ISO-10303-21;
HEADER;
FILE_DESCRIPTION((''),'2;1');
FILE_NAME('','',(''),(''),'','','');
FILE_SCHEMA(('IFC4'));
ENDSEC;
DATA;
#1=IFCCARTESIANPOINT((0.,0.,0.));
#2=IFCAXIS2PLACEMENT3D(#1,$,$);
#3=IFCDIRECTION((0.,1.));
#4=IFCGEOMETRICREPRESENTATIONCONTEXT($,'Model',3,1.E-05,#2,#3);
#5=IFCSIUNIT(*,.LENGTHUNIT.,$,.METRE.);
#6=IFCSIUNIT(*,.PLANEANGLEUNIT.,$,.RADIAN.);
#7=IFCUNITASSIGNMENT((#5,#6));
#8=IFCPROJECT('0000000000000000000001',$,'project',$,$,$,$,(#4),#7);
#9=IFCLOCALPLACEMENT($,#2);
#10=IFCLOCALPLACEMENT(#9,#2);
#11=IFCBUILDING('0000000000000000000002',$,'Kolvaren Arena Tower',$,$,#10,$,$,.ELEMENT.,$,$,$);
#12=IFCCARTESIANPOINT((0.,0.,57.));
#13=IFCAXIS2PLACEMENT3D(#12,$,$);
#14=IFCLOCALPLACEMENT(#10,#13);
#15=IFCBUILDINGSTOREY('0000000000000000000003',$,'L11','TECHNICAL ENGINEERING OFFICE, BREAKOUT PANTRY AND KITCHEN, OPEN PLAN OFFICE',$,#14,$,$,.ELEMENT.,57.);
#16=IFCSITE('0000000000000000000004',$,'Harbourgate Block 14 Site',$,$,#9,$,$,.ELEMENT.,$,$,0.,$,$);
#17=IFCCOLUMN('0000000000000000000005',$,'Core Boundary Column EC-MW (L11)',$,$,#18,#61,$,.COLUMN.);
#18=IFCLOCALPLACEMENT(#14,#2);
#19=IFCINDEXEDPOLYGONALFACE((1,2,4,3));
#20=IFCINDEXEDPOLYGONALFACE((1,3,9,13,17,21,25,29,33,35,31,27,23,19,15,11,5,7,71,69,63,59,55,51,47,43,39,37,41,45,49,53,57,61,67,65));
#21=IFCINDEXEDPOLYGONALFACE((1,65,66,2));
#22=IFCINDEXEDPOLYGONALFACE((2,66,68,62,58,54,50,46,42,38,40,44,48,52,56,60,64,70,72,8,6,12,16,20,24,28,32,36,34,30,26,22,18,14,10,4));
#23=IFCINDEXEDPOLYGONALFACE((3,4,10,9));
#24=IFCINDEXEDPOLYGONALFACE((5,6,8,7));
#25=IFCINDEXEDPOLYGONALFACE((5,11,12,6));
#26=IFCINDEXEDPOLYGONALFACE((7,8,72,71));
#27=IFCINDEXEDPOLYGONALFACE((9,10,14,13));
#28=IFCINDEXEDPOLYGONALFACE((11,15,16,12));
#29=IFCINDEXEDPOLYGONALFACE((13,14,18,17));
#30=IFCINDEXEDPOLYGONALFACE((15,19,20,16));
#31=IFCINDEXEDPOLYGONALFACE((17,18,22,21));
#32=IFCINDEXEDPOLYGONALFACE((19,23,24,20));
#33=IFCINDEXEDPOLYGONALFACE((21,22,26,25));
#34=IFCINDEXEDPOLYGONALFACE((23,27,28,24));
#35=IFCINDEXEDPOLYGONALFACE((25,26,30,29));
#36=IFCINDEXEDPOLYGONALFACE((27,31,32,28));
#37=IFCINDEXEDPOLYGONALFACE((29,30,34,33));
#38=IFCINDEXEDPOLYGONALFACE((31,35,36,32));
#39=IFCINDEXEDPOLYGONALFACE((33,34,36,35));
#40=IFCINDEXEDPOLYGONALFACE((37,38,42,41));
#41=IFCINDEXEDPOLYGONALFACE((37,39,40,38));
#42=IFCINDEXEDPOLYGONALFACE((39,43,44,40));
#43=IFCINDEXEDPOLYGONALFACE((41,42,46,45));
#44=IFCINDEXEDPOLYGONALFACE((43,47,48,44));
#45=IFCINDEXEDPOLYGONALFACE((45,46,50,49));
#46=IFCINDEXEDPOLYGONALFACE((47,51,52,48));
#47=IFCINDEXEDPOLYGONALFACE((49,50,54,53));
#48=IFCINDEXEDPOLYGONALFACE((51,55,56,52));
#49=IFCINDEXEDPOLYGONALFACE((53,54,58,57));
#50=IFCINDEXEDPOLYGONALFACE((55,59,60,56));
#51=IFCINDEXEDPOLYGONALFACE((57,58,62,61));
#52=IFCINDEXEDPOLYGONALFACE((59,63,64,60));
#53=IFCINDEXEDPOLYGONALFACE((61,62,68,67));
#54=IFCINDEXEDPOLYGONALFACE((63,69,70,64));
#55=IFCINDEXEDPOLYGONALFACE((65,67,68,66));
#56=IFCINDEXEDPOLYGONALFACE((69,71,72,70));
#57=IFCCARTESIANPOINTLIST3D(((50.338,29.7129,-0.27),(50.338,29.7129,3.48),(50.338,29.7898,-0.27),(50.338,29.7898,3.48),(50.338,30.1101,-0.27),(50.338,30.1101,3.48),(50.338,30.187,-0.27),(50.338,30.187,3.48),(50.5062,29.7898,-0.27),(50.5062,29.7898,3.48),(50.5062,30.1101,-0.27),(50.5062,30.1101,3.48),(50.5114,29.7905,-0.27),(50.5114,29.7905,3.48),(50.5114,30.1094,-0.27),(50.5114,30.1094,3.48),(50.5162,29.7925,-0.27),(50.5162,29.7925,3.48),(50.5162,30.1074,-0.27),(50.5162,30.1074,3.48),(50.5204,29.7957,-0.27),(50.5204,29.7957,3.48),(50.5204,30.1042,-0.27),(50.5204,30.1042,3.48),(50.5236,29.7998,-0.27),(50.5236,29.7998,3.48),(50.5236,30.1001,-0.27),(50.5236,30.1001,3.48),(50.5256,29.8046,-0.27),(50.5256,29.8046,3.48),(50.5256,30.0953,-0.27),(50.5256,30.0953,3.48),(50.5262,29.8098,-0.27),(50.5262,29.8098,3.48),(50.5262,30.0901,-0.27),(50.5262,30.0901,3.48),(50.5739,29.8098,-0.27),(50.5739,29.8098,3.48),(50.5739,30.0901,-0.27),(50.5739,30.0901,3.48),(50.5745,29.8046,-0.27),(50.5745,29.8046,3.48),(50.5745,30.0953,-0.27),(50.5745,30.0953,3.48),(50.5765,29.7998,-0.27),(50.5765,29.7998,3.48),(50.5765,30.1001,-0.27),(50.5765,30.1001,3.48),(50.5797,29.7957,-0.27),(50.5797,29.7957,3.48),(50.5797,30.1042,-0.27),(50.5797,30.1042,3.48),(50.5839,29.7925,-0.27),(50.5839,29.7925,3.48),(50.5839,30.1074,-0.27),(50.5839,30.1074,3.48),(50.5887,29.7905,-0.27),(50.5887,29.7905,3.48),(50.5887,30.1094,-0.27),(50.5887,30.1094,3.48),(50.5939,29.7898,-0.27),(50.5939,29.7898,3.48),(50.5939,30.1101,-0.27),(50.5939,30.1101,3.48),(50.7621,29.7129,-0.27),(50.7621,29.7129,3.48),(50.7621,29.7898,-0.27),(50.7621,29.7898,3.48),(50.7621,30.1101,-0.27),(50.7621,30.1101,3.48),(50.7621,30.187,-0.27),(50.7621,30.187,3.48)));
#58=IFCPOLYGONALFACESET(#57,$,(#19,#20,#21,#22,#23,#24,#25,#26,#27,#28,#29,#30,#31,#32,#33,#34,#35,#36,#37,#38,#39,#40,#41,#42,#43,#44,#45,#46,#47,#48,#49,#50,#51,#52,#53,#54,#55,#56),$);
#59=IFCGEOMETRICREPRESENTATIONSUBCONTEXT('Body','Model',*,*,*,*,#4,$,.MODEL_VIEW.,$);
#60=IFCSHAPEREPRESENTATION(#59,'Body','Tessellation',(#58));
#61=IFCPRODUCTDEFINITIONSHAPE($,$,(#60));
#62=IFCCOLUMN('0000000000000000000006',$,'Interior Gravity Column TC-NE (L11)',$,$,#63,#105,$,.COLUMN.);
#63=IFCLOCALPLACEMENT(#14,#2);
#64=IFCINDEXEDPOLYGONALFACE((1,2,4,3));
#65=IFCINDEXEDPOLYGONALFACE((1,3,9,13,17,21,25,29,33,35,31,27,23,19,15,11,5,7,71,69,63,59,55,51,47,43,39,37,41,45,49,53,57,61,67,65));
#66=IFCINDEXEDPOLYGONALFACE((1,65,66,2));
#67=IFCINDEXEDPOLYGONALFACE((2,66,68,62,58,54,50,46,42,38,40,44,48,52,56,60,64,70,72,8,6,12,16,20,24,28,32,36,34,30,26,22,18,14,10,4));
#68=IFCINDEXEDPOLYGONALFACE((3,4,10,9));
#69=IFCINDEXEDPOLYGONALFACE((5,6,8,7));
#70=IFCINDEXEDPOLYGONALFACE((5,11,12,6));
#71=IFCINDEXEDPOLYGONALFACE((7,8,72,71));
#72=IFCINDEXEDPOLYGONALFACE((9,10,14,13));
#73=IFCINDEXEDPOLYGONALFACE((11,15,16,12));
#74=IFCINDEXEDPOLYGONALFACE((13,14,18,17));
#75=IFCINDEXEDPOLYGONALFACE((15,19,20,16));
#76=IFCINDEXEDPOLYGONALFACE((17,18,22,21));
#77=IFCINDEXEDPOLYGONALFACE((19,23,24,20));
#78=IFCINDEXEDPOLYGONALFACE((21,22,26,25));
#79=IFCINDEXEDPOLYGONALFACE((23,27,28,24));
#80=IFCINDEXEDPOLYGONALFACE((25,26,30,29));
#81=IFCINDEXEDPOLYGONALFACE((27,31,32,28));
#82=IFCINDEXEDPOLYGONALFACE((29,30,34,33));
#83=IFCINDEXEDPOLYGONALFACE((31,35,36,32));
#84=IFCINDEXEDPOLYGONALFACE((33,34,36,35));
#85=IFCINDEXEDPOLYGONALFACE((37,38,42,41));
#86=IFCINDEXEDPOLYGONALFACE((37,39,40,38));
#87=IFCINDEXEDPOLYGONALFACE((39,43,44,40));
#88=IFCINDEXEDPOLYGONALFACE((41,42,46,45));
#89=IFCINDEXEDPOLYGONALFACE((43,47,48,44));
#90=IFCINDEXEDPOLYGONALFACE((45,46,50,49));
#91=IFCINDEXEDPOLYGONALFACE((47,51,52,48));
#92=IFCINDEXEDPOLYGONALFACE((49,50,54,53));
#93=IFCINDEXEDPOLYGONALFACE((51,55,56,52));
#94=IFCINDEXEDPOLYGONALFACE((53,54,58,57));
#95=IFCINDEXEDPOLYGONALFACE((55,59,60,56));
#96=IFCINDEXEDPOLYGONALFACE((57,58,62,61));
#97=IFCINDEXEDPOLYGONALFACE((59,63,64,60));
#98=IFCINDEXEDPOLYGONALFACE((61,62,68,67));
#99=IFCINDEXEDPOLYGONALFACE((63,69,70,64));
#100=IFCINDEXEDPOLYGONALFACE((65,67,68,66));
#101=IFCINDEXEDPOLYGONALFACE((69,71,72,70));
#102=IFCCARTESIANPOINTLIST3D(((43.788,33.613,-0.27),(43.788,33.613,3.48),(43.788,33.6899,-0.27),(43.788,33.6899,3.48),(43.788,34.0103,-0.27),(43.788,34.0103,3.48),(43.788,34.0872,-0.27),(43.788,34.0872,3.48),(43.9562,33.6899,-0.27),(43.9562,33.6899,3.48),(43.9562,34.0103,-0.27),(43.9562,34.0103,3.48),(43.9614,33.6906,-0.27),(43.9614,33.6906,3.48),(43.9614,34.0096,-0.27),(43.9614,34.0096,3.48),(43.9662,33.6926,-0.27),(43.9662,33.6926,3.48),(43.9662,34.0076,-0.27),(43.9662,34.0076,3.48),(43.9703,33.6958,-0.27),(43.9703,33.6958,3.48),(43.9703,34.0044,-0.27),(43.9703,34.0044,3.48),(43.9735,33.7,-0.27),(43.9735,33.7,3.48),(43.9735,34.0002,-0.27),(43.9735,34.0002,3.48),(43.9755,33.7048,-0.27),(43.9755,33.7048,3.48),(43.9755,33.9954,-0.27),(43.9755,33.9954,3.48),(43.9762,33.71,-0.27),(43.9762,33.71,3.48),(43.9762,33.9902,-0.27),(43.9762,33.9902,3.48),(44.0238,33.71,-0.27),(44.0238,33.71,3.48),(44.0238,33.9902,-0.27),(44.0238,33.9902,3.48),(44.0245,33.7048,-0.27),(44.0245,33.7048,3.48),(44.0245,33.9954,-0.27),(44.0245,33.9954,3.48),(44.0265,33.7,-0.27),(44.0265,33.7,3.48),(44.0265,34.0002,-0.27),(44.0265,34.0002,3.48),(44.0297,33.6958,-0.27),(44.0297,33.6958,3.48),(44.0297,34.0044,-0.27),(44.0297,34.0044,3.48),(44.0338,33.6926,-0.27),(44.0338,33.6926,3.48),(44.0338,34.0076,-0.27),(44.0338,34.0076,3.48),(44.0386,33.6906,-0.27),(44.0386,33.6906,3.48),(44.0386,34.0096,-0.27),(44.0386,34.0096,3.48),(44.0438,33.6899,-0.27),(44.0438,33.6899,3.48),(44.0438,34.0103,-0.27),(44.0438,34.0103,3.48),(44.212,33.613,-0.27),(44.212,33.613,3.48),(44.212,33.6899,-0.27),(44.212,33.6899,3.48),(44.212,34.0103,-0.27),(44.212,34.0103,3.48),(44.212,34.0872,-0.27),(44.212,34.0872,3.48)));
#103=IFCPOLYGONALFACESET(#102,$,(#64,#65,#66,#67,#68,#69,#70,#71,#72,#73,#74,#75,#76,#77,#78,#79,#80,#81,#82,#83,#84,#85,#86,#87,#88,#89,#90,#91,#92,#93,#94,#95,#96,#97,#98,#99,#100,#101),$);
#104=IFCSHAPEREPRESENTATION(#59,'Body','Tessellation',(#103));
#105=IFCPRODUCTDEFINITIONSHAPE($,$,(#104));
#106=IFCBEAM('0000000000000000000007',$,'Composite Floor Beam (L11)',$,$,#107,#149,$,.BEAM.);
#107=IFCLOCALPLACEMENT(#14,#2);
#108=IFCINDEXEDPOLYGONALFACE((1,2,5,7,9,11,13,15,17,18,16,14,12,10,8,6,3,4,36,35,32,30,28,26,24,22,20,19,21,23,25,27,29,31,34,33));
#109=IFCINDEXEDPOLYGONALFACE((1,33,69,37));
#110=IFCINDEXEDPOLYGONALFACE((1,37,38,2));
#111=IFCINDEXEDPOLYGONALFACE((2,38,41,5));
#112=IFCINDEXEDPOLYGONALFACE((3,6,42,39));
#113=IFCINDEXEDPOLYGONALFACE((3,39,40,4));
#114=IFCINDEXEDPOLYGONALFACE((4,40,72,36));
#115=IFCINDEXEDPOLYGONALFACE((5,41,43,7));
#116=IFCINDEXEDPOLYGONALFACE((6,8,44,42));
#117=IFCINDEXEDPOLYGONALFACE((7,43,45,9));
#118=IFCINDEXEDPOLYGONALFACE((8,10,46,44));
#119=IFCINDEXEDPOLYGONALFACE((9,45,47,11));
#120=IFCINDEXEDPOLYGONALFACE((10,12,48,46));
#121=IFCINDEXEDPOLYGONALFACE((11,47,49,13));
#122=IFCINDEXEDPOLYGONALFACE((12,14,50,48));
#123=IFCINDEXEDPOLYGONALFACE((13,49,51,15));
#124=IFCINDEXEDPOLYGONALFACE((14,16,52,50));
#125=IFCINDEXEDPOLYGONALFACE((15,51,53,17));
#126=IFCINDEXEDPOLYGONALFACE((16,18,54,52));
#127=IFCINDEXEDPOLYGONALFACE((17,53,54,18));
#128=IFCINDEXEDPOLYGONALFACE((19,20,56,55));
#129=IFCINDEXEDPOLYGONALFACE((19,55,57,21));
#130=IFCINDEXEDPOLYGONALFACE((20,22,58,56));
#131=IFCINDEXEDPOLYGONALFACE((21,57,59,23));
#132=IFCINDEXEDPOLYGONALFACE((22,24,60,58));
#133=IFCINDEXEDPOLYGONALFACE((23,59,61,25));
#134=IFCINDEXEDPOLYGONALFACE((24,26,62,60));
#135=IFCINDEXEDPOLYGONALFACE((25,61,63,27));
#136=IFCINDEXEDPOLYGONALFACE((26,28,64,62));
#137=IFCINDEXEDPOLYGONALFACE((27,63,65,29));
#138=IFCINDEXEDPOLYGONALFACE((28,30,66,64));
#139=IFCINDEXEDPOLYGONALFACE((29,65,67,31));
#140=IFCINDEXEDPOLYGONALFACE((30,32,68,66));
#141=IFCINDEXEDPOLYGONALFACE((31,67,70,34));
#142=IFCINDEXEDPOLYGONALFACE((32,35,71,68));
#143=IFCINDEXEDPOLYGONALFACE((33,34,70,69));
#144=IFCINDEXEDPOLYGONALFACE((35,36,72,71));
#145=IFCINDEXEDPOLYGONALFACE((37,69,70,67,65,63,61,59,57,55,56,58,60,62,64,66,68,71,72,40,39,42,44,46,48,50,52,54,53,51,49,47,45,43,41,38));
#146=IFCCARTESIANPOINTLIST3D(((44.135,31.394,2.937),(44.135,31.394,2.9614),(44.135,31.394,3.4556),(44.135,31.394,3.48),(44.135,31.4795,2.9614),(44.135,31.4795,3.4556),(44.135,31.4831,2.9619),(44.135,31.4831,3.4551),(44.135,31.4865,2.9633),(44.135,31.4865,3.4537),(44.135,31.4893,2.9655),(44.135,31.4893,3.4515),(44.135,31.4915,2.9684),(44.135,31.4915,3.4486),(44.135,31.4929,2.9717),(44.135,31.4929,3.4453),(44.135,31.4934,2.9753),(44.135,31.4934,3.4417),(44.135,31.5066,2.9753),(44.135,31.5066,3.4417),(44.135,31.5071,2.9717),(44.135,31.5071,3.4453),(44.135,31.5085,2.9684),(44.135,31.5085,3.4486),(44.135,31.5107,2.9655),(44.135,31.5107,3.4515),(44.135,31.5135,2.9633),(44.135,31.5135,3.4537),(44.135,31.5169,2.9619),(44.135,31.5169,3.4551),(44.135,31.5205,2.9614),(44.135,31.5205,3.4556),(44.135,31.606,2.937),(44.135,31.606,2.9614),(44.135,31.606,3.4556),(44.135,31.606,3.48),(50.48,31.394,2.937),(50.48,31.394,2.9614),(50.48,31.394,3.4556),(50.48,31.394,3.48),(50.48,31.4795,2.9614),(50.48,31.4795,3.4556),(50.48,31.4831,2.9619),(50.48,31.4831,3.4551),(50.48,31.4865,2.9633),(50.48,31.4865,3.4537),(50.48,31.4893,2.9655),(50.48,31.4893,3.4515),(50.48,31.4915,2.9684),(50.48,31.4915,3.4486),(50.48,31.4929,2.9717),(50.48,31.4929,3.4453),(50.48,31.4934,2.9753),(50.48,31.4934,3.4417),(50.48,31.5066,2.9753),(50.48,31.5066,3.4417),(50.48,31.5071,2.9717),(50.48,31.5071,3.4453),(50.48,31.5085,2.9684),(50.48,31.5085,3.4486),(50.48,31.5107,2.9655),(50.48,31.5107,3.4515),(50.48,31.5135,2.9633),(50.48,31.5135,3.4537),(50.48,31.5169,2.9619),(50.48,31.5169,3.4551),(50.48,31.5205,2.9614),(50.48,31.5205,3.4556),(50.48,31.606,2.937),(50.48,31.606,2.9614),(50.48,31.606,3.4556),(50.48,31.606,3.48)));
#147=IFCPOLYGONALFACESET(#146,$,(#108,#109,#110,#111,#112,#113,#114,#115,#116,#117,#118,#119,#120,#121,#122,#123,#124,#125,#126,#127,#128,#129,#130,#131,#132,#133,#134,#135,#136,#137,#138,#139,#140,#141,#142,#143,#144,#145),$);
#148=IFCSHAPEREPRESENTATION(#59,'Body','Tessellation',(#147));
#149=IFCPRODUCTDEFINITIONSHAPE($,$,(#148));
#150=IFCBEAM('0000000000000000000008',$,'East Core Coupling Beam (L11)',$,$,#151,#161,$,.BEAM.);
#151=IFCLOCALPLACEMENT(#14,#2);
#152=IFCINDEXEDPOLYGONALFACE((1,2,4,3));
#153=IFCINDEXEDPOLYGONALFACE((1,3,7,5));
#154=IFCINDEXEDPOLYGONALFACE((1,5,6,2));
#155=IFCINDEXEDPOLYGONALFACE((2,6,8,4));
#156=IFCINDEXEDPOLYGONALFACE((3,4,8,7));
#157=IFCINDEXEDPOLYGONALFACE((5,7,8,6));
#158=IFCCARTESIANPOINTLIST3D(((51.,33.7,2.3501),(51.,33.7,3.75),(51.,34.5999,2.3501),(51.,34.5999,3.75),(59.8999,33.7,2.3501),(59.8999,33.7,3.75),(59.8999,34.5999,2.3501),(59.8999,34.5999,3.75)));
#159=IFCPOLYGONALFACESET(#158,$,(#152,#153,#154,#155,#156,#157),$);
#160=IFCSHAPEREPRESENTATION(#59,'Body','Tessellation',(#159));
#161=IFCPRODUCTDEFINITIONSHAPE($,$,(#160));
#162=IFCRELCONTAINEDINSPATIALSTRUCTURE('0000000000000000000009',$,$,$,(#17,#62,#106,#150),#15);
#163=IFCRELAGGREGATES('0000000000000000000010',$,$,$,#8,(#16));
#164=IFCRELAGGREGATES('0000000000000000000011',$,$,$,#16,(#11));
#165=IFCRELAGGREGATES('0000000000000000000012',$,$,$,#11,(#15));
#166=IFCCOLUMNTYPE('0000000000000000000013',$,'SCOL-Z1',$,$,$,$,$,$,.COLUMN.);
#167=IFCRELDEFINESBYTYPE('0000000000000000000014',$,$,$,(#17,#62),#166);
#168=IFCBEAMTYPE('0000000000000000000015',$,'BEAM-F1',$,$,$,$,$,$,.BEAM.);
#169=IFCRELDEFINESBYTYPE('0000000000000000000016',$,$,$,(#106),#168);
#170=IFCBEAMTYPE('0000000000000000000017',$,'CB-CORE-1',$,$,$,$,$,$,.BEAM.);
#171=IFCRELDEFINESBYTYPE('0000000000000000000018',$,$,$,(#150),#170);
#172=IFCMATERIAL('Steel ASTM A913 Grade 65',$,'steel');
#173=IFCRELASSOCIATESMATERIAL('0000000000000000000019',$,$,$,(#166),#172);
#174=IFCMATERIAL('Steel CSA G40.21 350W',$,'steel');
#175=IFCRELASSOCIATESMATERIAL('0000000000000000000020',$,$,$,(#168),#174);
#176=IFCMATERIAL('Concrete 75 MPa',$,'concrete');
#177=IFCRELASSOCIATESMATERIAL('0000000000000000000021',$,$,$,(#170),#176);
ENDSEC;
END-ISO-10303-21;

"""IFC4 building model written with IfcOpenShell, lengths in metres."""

from ifc_helpers import new_model, si_unit, direction, frame, origin, origin_2d, place, context, subcontext, project, spatial, rectangle, i_section, extrude, material, material_profile, profile_set, type_object, element, save


model = new_model("IFC4")

# Units and contexts
model_context = context("Model", 3, precision=1e-05, world=origin(), true_north=direction((0.0, 1.0)))
body_context = subcontext(model_context, "Body", "Model", "MODEL_VIEW")
ifc_project = project(units=[si_unit("LENGTHUNIT", "METRE"), si_unit("PLANEANGLEUNIT", "RADIAN")], contexts=[model_context])

# Site, building, storey
site_placement = place(None, origin())
site = spatial("IfcSite", under=ifc_project, at=site_placement, Name="Harbourgate Block 14 Site", CompositionType="ELEMENT", RefElevation=0.0)
building_placement = place(site_placement, origin())
building = spatial("IfcBuilding", under=site, at=building_placement, Name="Kolvaren Arena Tower", CompositionType="ELEMENT")
storey_placement = place(building_placement, frame((0.0, 0.0, 57.0)))
storey = spatial("IfcBuildingStorey", under=building, at=storey_placement, Name="L11", Description="TECHNICAL ENGINEERING OFFICE, BREAKOUT PANTRY AND KITCHEN, OPEN PLAN OFFICE", CompositionType="ELEMENT", Elevation=57.0)

# Columns
ifc_material_1 = material(Name="Steel ASTM A913 Grade 65", Category="steel")
ifc_material_profile_1 = material_profile(ifc_material_1, i_section(OverallWidth=0.4241, OverallDepth=0.4741, WebThickness=0.0476, FlangeThickness=0.0769, FilletRadius=0.02, at=origin_2d()), Name="W360x634")
ifc_profile_set_1 = profile_set([ifc_material_profile_1], Name="Steel ASTM A913 Grade 65")
column_type = type_object("IfcColumnType", Name="SCOL-Z1", PredefinedType="COLUMN", material=ifc_profile_set_1)
for number, where, z_axis, x_axis, name in (
    (1, (50.55, 29.95, -0.27), (0.0, 0.0, 1.0), (1.0, 0.0, 0.0), "Core Boundary Column EC-MW (L11)"),
    (2, (44.0, 33.8501, -0.27), (0.0, 0.0, 1.0), (1.0, 0.0, 0.0), "Interior Gravity Column TC-NE (L11)"),
):
    element("IfcColumn", number, at=place(storey_placement, frame(where, z_axis=z_axis, x_axis=x_axis)), inside=storey, type_object=column_type, Name=name, PredefinedType="COLUMN", context=body_context, shape_type="SweptSolid", body=[
        extrude(i_section(OverallWidth=0.4241, OverallDepth=0.4741, WebThickness=0.0476, FlangeThickness=0.0769, FilletRadius=0.02, at=origin_2d()), origin(), (0.0, 0.0, 1.0), 3.75),
    ])

# Beams
ifc_material_2 = material(Name="Steel CSA G40.21 350W", Category="steel")
ifc_material_profile_2 = material_profile(ifc_material_2, i_section(OverallWidth=0.2119, OverallDepth=0.543, WebThickness=0.0132, FlangeThickness=0.0244, FilletRadius=0.0139, at=origin_2d()), Name="W530x150")
ifc_profile_set_2 = profile_set([ifc_material_profile_2], Name="Steel CSA G40.21 350W")
beam_type_1 = type_object("IfcBeamType", Name="BEAM-F1", PredefinedType="BEAM", material=ifc_profile_set_2)
beam_1_placement = place(storey_placement, frame((44.135, 31.5, 3.2085), z_axis=(1.0, 0.0, 0.0), x_axis=(0.0, 1.0, 0.0)))
element("IfcBeam", 3, at=beam_1_placement, inside=storey, type_object=beam_type_1, Name="Composite Floor Beam (L11)", PredefinedType="BEAM", context=body_context, shape_type="SweptSolid", body=[
    extrude(i_section(OverallWidth=0.2119, OverallDepth=0.543, WebThickness=0.0132, FlangeThickness=0.0244, FilletRadius=0.0139, at=origin_2d()), origin(), (0.0, 0.0, 1.0), 6.345),
])
ifc_material_3 = material(Name="Concrete 75 MPa", Category="concrete")
ifc_material_profile_3 = material_profile(ifc_material_3, rectangle(XDim=0.8999, YDim=1.3999, at=origin_2d()), Name="RC-900x1400")
ifc_profile_set_3 = profile_set([ifc_material_profile_3], Name="Concrete 75 MPa")
beam_type_2 = type_object("IfcBeamType", Name="CB-CORE-1", PredefinedType="BEAM", material=ifc_profile_set_3)
beam_2_placement = place(storey_placement, frame((51.0, 34.1499, 3.05), z_axis=(1.0, 0.0, 0.0), x_axis=(0.0, 1.0, 0.0)))
element("IfcBeam", 4, at=beam_2_placement, inside=storey, type_object=beam_type_2, Name="East Core Coupling Beam (L11)", PredefinedType="BEAM", context=body_context, shape_type="SweptSolid", body=[
    extrude(rectangle(XDim=0.8999, YDim=1.3999, at=origin_2d()), origin(), (0.0, 0.0, 1.0), 8.8999),
])

save(model, "model.ifc")
